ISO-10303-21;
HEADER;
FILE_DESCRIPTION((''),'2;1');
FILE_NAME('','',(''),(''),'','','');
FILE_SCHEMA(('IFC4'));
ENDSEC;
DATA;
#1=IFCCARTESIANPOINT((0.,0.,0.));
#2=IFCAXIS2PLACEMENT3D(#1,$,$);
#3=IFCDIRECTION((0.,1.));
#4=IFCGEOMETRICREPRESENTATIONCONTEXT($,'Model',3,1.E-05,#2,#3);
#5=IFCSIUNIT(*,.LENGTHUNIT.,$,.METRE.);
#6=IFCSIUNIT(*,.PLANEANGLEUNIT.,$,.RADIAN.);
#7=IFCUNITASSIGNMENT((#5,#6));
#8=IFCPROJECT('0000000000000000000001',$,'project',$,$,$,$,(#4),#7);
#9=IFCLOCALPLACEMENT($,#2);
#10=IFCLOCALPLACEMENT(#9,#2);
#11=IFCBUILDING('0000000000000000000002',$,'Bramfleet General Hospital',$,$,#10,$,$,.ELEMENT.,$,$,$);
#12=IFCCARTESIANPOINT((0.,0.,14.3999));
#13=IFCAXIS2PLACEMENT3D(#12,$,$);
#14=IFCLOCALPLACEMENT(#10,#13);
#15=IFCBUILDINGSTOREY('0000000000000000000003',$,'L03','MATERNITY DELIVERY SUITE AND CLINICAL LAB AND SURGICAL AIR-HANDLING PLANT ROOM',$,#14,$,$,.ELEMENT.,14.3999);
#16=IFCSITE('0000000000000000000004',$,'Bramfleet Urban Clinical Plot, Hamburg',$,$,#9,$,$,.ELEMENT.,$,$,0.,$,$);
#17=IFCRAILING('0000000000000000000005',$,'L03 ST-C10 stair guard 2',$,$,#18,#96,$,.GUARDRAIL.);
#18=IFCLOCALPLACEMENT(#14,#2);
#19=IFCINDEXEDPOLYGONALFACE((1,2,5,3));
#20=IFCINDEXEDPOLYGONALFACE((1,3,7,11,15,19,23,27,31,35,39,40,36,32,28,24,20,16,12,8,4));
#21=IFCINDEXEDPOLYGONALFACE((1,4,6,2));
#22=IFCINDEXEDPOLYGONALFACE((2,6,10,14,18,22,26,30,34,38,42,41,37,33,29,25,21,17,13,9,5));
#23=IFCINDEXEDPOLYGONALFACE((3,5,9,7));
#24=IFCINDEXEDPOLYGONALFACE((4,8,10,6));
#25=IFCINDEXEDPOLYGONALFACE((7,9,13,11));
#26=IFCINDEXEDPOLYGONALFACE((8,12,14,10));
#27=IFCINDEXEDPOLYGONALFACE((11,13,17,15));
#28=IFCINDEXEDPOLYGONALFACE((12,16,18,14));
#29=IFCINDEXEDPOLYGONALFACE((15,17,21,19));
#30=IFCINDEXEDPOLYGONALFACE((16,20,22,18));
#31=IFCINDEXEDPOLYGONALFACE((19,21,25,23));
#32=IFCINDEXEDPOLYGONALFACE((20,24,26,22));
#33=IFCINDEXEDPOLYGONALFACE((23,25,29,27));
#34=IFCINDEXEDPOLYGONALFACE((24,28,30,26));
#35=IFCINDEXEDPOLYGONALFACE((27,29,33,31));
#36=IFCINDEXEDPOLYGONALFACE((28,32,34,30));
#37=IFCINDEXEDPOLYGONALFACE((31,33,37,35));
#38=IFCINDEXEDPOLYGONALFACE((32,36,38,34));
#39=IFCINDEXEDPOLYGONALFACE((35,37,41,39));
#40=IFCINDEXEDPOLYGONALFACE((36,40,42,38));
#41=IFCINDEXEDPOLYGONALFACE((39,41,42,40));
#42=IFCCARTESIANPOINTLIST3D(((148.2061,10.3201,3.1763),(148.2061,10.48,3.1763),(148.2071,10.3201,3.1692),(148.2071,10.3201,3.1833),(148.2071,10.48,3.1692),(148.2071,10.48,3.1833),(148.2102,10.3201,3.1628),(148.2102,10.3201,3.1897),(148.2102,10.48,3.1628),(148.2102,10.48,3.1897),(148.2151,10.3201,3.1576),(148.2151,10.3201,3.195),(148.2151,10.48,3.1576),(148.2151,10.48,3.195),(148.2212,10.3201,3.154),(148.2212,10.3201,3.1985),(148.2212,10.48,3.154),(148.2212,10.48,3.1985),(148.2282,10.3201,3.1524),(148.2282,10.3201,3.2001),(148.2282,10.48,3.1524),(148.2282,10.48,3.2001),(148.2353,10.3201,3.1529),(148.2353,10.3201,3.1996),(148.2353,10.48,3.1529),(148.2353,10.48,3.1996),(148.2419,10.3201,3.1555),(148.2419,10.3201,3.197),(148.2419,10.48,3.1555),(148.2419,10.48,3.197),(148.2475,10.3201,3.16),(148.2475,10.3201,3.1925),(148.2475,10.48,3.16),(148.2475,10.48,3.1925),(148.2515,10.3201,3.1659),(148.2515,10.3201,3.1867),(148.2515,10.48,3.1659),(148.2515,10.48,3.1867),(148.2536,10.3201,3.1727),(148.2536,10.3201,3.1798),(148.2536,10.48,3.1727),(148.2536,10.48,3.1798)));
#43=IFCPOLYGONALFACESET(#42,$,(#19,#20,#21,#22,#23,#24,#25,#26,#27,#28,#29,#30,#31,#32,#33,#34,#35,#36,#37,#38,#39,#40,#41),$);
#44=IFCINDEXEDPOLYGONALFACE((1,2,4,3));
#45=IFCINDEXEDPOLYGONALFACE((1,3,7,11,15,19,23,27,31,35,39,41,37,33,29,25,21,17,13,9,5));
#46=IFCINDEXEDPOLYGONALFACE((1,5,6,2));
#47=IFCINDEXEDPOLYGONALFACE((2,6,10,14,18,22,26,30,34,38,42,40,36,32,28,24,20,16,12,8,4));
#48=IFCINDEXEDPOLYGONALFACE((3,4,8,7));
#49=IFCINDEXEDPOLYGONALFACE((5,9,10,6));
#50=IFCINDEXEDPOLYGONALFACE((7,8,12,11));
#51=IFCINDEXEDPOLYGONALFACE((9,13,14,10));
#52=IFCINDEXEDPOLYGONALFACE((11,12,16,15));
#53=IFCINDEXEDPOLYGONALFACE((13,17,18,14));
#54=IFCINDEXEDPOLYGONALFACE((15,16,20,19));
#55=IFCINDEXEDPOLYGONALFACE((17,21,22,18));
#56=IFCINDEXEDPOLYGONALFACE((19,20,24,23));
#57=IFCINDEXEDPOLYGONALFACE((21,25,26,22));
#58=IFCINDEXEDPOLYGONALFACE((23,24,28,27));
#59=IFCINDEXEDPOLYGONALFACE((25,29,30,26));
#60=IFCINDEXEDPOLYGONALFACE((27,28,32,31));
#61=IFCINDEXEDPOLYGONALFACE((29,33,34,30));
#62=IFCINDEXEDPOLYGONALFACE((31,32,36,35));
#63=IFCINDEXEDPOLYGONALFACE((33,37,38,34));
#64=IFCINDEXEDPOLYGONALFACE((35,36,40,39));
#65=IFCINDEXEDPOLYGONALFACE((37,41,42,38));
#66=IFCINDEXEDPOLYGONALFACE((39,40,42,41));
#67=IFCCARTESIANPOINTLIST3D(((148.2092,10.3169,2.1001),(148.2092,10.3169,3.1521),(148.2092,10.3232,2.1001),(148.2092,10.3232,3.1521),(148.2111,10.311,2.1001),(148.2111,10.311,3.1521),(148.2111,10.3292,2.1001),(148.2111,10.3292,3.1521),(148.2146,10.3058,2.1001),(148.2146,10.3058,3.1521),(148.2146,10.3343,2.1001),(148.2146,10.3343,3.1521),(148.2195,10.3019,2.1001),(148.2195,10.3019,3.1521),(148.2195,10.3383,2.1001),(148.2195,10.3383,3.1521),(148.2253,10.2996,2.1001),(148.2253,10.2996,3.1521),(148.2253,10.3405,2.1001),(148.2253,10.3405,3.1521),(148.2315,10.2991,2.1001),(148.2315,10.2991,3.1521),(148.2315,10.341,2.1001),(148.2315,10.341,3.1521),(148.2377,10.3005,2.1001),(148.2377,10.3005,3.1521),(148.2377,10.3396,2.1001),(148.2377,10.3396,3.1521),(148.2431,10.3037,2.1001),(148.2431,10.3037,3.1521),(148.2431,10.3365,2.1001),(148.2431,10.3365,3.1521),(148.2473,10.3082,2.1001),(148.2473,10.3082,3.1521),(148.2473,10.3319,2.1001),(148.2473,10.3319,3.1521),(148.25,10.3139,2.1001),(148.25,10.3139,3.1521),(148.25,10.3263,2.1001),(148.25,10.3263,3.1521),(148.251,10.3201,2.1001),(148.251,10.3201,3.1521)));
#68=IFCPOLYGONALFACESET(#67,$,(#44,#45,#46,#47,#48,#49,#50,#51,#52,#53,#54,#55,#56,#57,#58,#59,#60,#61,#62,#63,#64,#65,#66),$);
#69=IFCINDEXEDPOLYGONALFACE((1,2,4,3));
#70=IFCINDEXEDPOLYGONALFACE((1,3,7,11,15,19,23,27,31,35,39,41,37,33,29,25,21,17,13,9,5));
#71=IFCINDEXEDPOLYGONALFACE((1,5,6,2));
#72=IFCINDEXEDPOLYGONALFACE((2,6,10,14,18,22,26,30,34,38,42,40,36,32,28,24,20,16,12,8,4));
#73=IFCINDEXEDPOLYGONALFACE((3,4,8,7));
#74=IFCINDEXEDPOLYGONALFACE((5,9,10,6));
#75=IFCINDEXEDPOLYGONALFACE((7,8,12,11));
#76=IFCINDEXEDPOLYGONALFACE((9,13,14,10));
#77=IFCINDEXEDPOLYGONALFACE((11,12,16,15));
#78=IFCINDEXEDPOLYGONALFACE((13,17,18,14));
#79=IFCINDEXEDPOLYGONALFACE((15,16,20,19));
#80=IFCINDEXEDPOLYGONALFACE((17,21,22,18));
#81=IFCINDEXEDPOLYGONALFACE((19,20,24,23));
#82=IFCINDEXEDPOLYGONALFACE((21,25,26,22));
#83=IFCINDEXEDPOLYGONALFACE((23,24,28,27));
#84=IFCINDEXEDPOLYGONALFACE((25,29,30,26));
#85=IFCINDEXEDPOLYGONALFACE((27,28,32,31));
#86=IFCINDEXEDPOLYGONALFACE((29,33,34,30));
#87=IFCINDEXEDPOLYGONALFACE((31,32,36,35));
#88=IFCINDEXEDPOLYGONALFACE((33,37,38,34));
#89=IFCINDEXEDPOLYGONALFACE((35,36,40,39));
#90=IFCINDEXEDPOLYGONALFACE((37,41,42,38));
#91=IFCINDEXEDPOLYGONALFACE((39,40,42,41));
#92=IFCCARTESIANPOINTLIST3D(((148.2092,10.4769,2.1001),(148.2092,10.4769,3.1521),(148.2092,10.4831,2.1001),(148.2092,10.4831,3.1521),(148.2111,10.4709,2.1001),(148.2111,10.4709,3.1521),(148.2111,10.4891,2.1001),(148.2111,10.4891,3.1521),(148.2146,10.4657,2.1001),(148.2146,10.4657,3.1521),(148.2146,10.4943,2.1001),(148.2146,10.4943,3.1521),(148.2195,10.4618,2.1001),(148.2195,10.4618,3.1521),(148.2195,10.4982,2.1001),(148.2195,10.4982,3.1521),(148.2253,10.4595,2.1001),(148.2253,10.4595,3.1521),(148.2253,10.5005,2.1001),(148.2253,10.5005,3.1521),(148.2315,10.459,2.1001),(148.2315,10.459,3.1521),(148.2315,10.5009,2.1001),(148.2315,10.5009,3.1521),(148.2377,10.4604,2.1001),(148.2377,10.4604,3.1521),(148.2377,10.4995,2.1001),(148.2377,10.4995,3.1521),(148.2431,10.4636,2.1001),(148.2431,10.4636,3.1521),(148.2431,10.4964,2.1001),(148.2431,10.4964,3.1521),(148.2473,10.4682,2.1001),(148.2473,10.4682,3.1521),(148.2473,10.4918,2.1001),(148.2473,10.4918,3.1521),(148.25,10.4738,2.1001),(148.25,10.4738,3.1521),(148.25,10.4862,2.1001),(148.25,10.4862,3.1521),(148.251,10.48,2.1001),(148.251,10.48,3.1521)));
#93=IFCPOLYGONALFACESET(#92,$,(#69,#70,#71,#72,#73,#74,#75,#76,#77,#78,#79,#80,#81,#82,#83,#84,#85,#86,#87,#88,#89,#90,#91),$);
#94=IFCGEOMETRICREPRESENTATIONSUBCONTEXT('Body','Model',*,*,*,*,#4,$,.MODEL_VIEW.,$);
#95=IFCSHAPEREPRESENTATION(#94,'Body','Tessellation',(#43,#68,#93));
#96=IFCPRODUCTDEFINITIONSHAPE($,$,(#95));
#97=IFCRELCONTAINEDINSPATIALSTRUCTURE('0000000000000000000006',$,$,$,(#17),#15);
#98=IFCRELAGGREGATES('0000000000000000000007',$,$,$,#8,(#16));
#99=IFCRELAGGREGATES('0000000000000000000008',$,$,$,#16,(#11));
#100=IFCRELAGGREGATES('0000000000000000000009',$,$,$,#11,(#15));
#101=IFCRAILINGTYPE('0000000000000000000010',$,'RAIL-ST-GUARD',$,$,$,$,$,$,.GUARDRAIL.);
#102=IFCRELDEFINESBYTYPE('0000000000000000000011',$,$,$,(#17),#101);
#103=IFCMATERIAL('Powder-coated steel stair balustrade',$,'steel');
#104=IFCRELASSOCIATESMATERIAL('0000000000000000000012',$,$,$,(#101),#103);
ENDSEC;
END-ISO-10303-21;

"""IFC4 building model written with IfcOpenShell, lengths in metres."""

from ifc_helpers import new_model, si_unit, direction, frame, origin, origin_2d, place, context, subcontext, project, spatial, circle, extrude, material, type_object, element, save


model = new_model("IFC4")

# Units and contexts
model_context = context("Model", 3, precision=1e-05, world=origin(), true_north=direction((0.0, 1.0)))
body_context = subcontext(model_context, "Body", "Model", "MODEL_VIEW")
ifc_project = project(units=[si_unit("LENGTHUNIT", "METRE"), si_unit("PLANEANGLEUNIT", "RADIAN")], contexts=[model_context])

# Site, building, storey
site_placement = place(None, origin())
site = spatial("IfcSite", under=ifc_project, at=site_placement, Name="Bramfleet Urban Clinical Plot, Hamburg", CompositionType="ELEMENT", RefElevation=0.0)
building_placement = place(site_placement, origin())
building = spatial("IfcBuilding", under=site, at=building_placement, Name="Bramfleet General Hospital", CompositionType="ELEMENT")
storey_placement = place(building_placement, frame((0.0, 0.0, 14.3999)))
storey = spatial("IfcBuildingStorey", under=building, at=storey_placement, Name="L03", Description="MATERNITY DELIVERY SUITE AND CLINICAL LAB AND SURGICAL AIR-HANDLING PLANT ROOM", CompositionType="ELEMENT", Elevation=14.3999)

# Railing
ifc_material_1 = material(Name="Powder-coated steel stair balustrade", Category="steel")
railing_type_1 = type_object("IfcRailingType", Name="RAIL-ST-GUARD", PredefinedType="GUARDRAIL", material=ifc_material_1)
railing_1_placement = place(storey_placement, frame((148.23, 10.3201, 2.1001)))
element("IfcRailing", 1, at=railing_1_placement, inside=storey, type_object=railing_type_1, Name="L03 ST-C10 stair guard 2", PredefinedType="GUARDRAIL", context=body_context, shape_type="SweptSolid", body=[
    extrude(circle(Radius=0.0239, at=origin_2d()), frame((0.0, 0.0, 1.0762), z_axis=(0.0, 1.0, 0.0), x_axis=(-1.0, 0.0, 0.0)), (0.0, 0.0, 1.0), 0.1599),
    extrude(circle(Radius=0.021, at=origin_2d()), origin(), (0.0, 0.0, 1.0), 1.052),
    extrude(circle(Radius=0.021, at=origin_2d()), frame((0.0, 0.1599, 0.0)), (0.0, 0.0, 1.0), 1.052),
])

save(model, "model.ifc")
